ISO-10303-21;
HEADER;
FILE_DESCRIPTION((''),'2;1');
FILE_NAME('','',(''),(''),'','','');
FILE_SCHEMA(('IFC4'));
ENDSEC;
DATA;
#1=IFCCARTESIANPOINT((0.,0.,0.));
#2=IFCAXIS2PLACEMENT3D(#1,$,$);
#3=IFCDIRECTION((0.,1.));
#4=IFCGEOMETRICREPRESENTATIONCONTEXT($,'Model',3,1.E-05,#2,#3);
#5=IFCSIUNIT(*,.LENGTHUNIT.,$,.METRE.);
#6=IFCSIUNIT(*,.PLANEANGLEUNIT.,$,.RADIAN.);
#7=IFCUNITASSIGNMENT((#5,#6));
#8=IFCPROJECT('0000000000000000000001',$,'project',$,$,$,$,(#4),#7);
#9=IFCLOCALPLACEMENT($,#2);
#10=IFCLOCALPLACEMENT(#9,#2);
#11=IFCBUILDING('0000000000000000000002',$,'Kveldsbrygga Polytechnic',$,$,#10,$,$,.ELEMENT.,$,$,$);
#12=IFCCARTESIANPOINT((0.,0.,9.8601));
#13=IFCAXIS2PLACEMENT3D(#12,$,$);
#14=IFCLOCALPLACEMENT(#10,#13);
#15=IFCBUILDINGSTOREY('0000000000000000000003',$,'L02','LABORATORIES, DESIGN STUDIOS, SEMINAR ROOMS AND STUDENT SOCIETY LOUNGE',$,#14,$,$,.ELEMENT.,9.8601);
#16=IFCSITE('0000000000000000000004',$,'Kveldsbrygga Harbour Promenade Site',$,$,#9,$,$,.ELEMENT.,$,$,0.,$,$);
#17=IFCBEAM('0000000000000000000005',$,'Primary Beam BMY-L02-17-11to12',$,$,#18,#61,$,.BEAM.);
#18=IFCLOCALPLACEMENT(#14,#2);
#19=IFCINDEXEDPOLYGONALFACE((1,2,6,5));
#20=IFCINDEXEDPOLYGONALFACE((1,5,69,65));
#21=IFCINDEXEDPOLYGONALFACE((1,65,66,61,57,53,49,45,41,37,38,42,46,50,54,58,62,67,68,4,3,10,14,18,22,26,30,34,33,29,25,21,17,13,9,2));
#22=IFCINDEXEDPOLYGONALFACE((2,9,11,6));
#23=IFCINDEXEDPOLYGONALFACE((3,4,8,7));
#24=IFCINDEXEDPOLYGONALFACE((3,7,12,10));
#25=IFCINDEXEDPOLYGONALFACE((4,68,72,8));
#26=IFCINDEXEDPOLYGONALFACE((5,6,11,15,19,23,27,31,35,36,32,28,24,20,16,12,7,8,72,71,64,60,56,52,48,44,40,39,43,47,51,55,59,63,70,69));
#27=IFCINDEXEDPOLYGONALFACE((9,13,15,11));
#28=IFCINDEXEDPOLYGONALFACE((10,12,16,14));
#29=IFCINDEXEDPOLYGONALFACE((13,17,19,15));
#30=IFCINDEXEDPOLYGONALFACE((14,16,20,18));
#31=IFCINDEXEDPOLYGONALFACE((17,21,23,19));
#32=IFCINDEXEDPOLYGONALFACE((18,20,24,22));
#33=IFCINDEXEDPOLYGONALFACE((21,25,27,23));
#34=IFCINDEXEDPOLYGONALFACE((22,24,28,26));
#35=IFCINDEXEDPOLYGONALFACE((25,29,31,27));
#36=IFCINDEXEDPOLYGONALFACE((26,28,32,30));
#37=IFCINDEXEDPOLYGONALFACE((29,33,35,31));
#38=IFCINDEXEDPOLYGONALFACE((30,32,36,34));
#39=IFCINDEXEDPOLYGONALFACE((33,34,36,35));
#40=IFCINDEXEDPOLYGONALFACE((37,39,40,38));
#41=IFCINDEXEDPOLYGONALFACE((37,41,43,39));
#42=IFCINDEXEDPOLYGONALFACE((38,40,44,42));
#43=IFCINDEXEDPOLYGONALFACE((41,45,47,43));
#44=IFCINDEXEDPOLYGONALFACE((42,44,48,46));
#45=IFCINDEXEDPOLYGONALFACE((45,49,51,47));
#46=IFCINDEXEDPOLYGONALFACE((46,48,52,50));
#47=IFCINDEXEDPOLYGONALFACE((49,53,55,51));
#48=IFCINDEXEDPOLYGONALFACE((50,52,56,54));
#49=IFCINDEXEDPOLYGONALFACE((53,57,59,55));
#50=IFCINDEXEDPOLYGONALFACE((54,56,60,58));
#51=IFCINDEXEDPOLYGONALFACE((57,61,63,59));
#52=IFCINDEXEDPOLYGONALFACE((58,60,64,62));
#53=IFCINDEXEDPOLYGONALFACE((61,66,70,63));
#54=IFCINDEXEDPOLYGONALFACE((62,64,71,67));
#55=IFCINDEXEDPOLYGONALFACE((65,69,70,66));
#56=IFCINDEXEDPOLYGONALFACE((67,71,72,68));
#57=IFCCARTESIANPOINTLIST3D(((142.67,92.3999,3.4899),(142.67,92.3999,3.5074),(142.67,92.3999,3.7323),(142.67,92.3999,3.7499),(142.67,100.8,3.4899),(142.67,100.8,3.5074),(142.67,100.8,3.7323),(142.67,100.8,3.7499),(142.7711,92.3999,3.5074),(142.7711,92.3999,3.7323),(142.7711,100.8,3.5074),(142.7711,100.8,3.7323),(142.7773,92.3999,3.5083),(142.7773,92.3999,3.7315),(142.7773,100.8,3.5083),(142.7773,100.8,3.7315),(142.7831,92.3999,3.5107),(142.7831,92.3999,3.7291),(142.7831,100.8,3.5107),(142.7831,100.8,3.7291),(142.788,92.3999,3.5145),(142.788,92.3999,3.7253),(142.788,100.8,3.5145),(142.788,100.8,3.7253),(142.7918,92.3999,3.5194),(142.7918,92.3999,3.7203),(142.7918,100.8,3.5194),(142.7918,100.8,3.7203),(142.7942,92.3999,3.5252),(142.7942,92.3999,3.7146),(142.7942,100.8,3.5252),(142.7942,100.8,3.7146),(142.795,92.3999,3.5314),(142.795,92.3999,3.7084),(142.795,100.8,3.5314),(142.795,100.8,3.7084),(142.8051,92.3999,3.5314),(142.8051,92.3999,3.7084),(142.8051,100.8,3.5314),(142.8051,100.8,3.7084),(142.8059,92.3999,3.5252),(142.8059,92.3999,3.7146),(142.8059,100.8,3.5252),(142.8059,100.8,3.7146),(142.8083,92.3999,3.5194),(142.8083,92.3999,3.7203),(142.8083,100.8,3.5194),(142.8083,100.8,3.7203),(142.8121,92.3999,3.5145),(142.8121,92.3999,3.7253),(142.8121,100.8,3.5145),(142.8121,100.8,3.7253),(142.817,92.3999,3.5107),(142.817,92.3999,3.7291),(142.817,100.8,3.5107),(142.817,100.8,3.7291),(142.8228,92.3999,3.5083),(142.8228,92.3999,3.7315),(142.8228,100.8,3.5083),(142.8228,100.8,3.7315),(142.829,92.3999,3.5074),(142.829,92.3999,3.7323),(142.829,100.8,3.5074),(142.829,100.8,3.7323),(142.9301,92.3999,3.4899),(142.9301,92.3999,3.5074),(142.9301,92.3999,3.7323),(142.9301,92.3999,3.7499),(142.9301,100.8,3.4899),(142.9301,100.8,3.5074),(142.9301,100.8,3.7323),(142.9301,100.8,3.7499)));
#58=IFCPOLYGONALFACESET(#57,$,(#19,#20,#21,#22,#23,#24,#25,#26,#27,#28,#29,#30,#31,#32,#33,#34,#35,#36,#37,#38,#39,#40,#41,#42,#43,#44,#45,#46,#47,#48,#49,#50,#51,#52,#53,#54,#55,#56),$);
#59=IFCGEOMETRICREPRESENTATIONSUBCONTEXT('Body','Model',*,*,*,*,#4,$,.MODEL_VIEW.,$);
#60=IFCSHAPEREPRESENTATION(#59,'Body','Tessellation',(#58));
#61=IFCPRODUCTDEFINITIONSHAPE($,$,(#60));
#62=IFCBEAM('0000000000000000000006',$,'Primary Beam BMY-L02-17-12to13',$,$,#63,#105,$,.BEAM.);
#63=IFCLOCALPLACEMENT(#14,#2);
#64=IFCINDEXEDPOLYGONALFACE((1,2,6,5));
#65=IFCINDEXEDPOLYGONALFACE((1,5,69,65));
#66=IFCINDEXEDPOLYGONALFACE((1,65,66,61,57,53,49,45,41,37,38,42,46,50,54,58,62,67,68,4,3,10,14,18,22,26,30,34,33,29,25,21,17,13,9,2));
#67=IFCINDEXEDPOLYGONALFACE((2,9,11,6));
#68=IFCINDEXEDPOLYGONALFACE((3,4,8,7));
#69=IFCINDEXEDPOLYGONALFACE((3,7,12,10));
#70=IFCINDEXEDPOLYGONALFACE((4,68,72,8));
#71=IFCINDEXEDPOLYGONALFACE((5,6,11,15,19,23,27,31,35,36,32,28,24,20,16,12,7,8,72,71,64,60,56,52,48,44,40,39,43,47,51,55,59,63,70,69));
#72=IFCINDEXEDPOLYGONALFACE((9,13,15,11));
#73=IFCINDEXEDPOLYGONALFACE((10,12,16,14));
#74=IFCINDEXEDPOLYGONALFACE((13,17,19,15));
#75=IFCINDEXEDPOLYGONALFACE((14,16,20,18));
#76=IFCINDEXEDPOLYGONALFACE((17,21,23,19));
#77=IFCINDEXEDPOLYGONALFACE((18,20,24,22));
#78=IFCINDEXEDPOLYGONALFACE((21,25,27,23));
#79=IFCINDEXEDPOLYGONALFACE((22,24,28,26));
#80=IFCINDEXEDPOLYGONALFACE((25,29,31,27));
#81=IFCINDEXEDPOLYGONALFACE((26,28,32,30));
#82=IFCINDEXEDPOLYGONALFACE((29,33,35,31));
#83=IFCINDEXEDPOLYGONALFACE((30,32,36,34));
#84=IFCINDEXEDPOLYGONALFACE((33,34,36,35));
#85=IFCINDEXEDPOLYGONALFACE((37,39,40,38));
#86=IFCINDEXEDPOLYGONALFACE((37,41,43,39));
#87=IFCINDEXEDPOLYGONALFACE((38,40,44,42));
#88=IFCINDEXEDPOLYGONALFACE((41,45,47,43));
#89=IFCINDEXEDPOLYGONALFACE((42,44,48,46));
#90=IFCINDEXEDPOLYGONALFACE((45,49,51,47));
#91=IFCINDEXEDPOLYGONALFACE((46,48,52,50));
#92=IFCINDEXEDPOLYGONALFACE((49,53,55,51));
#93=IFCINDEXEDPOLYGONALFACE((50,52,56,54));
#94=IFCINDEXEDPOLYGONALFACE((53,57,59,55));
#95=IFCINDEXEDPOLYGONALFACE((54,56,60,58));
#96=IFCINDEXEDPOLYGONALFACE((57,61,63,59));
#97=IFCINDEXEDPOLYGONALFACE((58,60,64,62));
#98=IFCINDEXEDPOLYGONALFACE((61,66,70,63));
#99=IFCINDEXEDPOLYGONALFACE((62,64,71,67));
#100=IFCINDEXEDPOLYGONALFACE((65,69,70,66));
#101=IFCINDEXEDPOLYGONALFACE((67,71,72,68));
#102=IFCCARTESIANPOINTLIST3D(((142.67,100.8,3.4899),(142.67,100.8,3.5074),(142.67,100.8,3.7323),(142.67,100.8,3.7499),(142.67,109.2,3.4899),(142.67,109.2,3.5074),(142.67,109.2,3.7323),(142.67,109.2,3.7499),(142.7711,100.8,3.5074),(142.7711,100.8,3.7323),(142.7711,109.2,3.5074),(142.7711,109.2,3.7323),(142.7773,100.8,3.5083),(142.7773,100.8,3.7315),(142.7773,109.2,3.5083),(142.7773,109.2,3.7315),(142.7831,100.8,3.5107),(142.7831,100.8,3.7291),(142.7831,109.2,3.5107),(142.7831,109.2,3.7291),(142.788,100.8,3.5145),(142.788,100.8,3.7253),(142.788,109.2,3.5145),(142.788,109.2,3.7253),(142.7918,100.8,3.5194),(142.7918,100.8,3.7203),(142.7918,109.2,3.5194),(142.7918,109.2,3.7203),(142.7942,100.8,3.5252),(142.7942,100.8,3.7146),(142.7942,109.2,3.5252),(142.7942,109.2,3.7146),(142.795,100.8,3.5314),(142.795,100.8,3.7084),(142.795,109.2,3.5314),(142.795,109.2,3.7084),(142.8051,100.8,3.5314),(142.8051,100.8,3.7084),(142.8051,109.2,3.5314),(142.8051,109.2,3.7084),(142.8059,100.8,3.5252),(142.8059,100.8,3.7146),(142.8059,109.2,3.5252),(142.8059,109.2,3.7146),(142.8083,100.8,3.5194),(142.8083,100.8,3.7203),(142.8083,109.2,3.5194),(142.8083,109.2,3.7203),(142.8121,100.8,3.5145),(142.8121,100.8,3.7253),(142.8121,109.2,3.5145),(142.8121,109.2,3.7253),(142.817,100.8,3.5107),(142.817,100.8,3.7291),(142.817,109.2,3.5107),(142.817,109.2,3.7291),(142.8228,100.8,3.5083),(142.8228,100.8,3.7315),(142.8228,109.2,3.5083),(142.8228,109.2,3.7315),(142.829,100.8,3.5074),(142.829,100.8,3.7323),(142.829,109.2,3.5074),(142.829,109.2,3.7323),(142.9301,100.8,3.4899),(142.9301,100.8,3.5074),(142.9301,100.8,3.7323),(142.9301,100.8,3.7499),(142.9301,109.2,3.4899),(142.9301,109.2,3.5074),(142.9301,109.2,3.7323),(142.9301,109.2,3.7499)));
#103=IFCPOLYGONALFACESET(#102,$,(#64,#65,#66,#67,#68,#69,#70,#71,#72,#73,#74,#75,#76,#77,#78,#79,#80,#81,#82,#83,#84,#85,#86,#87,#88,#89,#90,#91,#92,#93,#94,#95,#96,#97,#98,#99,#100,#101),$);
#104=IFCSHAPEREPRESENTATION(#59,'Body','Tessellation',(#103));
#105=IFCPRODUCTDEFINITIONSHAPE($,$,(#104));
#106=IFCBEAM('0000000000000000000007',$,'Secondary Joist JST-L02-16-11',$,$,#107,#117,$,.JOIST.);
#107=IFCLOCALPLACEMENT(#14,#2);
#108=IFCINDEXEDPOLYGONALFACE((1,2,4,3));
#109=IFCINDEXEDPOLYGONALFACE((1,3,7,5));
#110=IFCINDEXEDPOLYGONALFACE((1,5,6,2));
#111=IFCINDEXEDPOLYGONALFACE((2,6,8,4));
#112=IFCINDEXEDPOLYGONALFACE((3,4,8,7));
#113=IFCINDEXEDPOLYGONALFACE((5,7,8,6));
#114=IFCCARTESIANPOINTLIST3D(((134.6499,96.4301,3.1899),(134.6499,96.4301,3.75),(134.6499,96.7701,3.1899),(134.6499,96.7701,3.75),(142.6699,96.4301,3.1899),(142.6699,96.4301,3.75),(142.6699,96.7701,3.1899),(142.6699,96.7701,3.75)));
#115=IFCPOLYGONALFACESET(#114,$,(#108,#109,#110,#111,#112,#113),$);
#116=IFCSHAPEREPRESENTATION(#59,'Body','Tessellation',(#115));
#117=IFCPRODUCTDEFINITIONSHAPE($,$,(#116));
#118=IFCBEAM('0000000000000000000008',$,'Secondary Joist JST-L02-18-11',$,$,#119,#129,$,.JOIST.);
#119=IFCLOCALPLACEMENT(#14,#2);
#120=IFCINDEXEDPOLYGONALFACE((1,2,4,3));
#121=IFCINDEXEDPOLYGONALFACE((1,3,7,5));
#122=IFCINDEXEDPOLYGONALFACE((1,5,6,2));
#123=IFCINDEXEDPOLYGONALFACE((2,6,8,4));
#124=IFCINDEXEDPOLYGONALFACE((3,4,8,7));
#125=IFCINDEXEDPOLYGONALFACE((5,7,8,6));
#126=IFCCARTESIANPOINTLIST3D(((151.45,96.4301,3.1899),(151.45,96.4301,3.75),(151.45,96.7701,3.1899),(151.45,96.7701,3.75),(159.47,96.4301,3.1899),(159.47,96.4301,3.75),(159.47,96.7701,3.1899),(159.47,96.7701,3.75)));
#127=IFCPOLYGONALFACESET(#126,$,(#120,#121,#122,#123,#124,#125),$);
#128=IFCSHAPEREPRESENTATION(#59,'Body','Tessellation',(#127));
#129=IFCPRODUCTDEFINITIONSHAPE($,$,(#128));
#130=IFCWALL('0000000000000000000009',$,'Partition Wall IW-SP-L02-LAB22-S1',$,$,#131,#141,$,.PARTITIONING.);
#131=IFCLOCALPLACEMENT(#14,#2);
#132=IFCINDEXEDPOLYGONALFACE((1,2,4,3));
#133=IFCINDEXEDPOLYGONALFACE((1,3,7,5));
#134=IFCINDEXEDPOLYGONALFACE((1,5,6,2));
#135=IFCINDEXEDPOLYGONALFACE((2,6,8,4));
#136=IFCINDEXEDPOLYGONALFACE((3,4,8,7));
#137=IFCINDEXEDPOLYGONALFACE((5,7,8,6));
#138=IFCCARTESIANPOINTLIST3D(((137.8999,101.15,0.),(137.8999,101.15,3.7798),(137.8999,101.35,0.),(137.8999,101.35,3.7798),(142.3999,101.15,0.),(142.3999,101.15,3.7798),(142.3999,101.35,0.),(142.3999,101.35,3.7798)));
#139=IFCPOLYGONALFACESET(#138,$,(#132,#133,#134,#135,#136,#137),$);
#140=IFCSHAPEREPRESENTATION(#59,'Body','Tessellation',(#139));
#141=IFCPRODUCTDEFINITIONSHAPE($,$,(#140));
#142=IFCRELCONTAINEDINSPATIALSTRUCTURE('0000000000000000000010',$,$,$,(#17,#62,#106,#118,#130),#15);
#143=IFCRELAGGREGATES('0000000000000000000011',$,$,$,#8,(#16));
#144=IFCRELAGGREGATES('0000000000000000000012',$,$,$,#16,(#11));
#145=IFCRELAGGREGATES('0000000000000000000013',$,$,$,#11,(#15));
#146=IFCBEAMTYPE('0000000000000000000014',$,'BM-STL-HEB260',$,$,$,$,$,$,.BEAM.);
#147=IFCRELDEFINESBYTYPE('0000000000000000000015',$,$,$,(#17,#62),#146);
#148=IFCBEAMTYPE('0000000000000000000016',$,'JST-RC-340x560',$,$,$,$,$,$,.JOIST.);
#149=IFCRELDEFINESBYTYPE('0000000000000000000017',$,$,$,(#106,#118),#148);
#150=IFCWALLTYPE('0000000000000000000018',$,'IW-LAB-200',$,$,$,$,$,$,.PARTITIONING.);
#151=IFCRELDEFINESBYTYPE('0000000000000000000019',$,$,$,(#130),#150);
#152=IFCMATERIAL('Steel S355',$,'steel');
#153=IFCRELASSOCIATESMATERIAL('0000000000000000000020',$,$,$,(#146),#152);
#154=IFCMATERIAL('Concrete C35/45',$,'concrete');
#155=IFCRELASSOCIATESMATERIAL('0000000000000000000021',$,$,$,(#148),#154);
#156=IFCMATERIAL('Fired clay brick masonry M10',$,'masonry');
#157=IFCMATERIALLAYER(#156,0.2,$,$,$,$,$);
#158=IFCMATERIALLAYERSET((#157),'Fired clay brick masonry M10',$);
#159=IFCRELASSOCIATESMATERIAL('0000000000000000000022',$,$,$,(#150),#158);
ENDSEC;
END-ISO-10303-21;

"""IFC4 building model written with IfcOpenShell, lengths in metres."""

from ifc_helpers import new_model, si_unit, direction, frame, frame_2d, origin, origin_2d, place, context, subcontext, project, spatial, rectangle, i_section, extrude, material, layer, layer_set, material_profile, profile_set, type_object, element, save


model = new_model("IFC4")

# Units and contexts
model_context = context("Model", 3, precision=1e-05, world=origin(), true_north=direction((0.0, 1.0)))
body_context = subcontext(model_context, "Body", "Model", "MODEL_VIEW")
ifc_project = project(units=[si_unit("LENGTHUNIT", "METRE"), si_unit("PLANEANGLEUNIT", "RADIAN")], contexts=[model_context])

# Site, building, storey
site_placement = place(None, origin())
site = spatial("IfcSite", under=ifc_project, at=site_placement, Name="Kveldsbrygga Harbour Promenade Site", CompositionType="ELEMENT", RefElevation=0.0)
building_placement = place(site_placement, origin())
building = spatial("IfcBuilding", under=site, at=building_placement, Name="Kveldsbrygga Polytechnic", CompositionType="ELEMENT")
storey_placement = place(building_placement, frame((0.0, 0.0, 9.8601)))
storey = spatial("IfcBuildingStorey", under=building, at=storey_placement, Name="L02", Description="LABORATORIES, DESIGN STUDIOS, SEMINAR ROOMS AND STUDENT SOCIETY LOUNGE", CompositionType="ELEMENT", Elevation=9.8601)

# Beams
ifc_material_1 = material(Name="Concrete C35/45", Category="concrete")
ifc_material_2 = material(Name="Steel S355", Category="steel")
ifc_material_profile_1 = material_profile(ifc_material_2, i_section(OverallWidth=0.26, OverallDepth=0.26, WebThickness=0.01, FlangeThickness=0.0176, FilletRadius=0.0239, at=origin_2d()), Name="HEB 260")
ifc_profile_set_1 = profile_set([ifc_material_profile_1], Name="Steel S355")
beam_type_1 = type_object("IfcBeamType", Name="BM-STL-HEB260", PredefinedType="BEAM", material=ifc_profile_set_1)
beam_1_placement = place(storey_placement, frame((142.8, 92.3999, 3.6199), z_axis=(0.0, 1.0, 0.0), x_axis=(-1.0, 0.0, 0.0)))
element("IfcBeam", 1, at=beam_1_placement, inside=storey, type_object=beam_type_1, Name="Primary Beam BMY-L02-17-11to12", PredefinedType="BEAM", context=body_context, shape_type="SweptSolid", body=[
    extrude(i_section(OverallWidth=0.26, OverallDepth=0.26, WebThickness=0.01, FlangeThickness=0.0176, FilletRadius=0.0239, at=origin_2d()), origin(), (0.0, 0.0, 1.0), 8.4001),
])
beam_2_placement = place(storey_placement, frame((142.8, 100.8, 3.6199), z_axis=(0.0, 1.0, 0.0), x_axis=(-1.0, 0.0, 0.0)))
element("IfcBeam", 2, at=beam_2_placement, inside=storey, type_object=beam_type_1, Name="Primary Beam BMY-L02-17-12to13", PredefinedType="BEAM", context=body_context, shape_type="SweptSolid", body=[
    extrude(i_section(OverallWidth=0.26, OverallDepth=0.26, WebThickness=0.01, FlangeThickness=0.0176, FilletRadius=0.0239, at=origin_2d()), origin(), (0.0, 0.0, 1.0), 8.3999),
])
ifc_material_profile_2 = material_profile(ifc_material_1, rectangle(XDim=0.3401, YDim=0.5601, at=origin_2d()), Name="RC 340x560")
ifc_profile_set_2 = profile_set([ifc_material_profile_2], Name="Concrete C35/45")
beam_type_2 = type_object("IfcBeamType", Name="JST-RC-340x560", PredefinedType="JOIST", material=ifc_profile_set_2)
for number, where, z_axis, x_axis, name in (
    (3, (134.6499, 96.6001, 3.47), (1.0, 0.0, 0.0), (0.0, 1.0, 0.0), "Secondary Joist JST-L02-16-11"),
    (4, (151.45, 96.6001, 3.47), (1.0, 0.0, 0.0), (0.0, 1.0, 0.0), "Secondary Joist JST-L02-18-11"),
):
    element("IfcBeam", number, at=place(storey_placement, frame(where, z_axis=z_axis, x_axis=x_axis)), inside=storey, type_object=beam_type_2, Name=name, PredefinedType="JOIST", context=body_context, shape_type="SweptSolid", body=[
        extrude(rectangle(XDim=0.3401, YDim=0.5601, at=origin_2d()), origin(), (0.0, 0.0, 1.0), 8.02),
    ])

# Wall
ifc_material_3 = material(Name="Fired clay brick masonry M10", Category="masonry")
ifc_layer = layer(ifc_material_3, 0.2)
ifc_layer_set = layer_set([ifc_layer], Name="Fired clay brick masonry M10")
wall_type = type_object("IfcWallType", Name="IW-LAB-200", PredefinedType="PARTITIONING", material=ifc_layer_set)
wall_placement = place(storey_placement, frame((137.8999, 101.25, 0.0), z_axis=(0.0, 0.0, 1.0), x_axis=(1.0, 0.0, 0.0)))
element("IfcWall", 5, at=wall_placement, inside=storey, type_object=wall_type, Name="Partition Wall IW-SP-L02-LAB22-S1", PredefinedType="PARTITIONING", context=body_context, shape_type="SweptSolid", body=[
    extrude(rectangle(XDim=4.5, YDim=0.2, at=frame_2d((2.25, 0.0))), origin(), (0.0, 0.0, 1.0), 3.7798),
])

save(model, "model.ifc")
